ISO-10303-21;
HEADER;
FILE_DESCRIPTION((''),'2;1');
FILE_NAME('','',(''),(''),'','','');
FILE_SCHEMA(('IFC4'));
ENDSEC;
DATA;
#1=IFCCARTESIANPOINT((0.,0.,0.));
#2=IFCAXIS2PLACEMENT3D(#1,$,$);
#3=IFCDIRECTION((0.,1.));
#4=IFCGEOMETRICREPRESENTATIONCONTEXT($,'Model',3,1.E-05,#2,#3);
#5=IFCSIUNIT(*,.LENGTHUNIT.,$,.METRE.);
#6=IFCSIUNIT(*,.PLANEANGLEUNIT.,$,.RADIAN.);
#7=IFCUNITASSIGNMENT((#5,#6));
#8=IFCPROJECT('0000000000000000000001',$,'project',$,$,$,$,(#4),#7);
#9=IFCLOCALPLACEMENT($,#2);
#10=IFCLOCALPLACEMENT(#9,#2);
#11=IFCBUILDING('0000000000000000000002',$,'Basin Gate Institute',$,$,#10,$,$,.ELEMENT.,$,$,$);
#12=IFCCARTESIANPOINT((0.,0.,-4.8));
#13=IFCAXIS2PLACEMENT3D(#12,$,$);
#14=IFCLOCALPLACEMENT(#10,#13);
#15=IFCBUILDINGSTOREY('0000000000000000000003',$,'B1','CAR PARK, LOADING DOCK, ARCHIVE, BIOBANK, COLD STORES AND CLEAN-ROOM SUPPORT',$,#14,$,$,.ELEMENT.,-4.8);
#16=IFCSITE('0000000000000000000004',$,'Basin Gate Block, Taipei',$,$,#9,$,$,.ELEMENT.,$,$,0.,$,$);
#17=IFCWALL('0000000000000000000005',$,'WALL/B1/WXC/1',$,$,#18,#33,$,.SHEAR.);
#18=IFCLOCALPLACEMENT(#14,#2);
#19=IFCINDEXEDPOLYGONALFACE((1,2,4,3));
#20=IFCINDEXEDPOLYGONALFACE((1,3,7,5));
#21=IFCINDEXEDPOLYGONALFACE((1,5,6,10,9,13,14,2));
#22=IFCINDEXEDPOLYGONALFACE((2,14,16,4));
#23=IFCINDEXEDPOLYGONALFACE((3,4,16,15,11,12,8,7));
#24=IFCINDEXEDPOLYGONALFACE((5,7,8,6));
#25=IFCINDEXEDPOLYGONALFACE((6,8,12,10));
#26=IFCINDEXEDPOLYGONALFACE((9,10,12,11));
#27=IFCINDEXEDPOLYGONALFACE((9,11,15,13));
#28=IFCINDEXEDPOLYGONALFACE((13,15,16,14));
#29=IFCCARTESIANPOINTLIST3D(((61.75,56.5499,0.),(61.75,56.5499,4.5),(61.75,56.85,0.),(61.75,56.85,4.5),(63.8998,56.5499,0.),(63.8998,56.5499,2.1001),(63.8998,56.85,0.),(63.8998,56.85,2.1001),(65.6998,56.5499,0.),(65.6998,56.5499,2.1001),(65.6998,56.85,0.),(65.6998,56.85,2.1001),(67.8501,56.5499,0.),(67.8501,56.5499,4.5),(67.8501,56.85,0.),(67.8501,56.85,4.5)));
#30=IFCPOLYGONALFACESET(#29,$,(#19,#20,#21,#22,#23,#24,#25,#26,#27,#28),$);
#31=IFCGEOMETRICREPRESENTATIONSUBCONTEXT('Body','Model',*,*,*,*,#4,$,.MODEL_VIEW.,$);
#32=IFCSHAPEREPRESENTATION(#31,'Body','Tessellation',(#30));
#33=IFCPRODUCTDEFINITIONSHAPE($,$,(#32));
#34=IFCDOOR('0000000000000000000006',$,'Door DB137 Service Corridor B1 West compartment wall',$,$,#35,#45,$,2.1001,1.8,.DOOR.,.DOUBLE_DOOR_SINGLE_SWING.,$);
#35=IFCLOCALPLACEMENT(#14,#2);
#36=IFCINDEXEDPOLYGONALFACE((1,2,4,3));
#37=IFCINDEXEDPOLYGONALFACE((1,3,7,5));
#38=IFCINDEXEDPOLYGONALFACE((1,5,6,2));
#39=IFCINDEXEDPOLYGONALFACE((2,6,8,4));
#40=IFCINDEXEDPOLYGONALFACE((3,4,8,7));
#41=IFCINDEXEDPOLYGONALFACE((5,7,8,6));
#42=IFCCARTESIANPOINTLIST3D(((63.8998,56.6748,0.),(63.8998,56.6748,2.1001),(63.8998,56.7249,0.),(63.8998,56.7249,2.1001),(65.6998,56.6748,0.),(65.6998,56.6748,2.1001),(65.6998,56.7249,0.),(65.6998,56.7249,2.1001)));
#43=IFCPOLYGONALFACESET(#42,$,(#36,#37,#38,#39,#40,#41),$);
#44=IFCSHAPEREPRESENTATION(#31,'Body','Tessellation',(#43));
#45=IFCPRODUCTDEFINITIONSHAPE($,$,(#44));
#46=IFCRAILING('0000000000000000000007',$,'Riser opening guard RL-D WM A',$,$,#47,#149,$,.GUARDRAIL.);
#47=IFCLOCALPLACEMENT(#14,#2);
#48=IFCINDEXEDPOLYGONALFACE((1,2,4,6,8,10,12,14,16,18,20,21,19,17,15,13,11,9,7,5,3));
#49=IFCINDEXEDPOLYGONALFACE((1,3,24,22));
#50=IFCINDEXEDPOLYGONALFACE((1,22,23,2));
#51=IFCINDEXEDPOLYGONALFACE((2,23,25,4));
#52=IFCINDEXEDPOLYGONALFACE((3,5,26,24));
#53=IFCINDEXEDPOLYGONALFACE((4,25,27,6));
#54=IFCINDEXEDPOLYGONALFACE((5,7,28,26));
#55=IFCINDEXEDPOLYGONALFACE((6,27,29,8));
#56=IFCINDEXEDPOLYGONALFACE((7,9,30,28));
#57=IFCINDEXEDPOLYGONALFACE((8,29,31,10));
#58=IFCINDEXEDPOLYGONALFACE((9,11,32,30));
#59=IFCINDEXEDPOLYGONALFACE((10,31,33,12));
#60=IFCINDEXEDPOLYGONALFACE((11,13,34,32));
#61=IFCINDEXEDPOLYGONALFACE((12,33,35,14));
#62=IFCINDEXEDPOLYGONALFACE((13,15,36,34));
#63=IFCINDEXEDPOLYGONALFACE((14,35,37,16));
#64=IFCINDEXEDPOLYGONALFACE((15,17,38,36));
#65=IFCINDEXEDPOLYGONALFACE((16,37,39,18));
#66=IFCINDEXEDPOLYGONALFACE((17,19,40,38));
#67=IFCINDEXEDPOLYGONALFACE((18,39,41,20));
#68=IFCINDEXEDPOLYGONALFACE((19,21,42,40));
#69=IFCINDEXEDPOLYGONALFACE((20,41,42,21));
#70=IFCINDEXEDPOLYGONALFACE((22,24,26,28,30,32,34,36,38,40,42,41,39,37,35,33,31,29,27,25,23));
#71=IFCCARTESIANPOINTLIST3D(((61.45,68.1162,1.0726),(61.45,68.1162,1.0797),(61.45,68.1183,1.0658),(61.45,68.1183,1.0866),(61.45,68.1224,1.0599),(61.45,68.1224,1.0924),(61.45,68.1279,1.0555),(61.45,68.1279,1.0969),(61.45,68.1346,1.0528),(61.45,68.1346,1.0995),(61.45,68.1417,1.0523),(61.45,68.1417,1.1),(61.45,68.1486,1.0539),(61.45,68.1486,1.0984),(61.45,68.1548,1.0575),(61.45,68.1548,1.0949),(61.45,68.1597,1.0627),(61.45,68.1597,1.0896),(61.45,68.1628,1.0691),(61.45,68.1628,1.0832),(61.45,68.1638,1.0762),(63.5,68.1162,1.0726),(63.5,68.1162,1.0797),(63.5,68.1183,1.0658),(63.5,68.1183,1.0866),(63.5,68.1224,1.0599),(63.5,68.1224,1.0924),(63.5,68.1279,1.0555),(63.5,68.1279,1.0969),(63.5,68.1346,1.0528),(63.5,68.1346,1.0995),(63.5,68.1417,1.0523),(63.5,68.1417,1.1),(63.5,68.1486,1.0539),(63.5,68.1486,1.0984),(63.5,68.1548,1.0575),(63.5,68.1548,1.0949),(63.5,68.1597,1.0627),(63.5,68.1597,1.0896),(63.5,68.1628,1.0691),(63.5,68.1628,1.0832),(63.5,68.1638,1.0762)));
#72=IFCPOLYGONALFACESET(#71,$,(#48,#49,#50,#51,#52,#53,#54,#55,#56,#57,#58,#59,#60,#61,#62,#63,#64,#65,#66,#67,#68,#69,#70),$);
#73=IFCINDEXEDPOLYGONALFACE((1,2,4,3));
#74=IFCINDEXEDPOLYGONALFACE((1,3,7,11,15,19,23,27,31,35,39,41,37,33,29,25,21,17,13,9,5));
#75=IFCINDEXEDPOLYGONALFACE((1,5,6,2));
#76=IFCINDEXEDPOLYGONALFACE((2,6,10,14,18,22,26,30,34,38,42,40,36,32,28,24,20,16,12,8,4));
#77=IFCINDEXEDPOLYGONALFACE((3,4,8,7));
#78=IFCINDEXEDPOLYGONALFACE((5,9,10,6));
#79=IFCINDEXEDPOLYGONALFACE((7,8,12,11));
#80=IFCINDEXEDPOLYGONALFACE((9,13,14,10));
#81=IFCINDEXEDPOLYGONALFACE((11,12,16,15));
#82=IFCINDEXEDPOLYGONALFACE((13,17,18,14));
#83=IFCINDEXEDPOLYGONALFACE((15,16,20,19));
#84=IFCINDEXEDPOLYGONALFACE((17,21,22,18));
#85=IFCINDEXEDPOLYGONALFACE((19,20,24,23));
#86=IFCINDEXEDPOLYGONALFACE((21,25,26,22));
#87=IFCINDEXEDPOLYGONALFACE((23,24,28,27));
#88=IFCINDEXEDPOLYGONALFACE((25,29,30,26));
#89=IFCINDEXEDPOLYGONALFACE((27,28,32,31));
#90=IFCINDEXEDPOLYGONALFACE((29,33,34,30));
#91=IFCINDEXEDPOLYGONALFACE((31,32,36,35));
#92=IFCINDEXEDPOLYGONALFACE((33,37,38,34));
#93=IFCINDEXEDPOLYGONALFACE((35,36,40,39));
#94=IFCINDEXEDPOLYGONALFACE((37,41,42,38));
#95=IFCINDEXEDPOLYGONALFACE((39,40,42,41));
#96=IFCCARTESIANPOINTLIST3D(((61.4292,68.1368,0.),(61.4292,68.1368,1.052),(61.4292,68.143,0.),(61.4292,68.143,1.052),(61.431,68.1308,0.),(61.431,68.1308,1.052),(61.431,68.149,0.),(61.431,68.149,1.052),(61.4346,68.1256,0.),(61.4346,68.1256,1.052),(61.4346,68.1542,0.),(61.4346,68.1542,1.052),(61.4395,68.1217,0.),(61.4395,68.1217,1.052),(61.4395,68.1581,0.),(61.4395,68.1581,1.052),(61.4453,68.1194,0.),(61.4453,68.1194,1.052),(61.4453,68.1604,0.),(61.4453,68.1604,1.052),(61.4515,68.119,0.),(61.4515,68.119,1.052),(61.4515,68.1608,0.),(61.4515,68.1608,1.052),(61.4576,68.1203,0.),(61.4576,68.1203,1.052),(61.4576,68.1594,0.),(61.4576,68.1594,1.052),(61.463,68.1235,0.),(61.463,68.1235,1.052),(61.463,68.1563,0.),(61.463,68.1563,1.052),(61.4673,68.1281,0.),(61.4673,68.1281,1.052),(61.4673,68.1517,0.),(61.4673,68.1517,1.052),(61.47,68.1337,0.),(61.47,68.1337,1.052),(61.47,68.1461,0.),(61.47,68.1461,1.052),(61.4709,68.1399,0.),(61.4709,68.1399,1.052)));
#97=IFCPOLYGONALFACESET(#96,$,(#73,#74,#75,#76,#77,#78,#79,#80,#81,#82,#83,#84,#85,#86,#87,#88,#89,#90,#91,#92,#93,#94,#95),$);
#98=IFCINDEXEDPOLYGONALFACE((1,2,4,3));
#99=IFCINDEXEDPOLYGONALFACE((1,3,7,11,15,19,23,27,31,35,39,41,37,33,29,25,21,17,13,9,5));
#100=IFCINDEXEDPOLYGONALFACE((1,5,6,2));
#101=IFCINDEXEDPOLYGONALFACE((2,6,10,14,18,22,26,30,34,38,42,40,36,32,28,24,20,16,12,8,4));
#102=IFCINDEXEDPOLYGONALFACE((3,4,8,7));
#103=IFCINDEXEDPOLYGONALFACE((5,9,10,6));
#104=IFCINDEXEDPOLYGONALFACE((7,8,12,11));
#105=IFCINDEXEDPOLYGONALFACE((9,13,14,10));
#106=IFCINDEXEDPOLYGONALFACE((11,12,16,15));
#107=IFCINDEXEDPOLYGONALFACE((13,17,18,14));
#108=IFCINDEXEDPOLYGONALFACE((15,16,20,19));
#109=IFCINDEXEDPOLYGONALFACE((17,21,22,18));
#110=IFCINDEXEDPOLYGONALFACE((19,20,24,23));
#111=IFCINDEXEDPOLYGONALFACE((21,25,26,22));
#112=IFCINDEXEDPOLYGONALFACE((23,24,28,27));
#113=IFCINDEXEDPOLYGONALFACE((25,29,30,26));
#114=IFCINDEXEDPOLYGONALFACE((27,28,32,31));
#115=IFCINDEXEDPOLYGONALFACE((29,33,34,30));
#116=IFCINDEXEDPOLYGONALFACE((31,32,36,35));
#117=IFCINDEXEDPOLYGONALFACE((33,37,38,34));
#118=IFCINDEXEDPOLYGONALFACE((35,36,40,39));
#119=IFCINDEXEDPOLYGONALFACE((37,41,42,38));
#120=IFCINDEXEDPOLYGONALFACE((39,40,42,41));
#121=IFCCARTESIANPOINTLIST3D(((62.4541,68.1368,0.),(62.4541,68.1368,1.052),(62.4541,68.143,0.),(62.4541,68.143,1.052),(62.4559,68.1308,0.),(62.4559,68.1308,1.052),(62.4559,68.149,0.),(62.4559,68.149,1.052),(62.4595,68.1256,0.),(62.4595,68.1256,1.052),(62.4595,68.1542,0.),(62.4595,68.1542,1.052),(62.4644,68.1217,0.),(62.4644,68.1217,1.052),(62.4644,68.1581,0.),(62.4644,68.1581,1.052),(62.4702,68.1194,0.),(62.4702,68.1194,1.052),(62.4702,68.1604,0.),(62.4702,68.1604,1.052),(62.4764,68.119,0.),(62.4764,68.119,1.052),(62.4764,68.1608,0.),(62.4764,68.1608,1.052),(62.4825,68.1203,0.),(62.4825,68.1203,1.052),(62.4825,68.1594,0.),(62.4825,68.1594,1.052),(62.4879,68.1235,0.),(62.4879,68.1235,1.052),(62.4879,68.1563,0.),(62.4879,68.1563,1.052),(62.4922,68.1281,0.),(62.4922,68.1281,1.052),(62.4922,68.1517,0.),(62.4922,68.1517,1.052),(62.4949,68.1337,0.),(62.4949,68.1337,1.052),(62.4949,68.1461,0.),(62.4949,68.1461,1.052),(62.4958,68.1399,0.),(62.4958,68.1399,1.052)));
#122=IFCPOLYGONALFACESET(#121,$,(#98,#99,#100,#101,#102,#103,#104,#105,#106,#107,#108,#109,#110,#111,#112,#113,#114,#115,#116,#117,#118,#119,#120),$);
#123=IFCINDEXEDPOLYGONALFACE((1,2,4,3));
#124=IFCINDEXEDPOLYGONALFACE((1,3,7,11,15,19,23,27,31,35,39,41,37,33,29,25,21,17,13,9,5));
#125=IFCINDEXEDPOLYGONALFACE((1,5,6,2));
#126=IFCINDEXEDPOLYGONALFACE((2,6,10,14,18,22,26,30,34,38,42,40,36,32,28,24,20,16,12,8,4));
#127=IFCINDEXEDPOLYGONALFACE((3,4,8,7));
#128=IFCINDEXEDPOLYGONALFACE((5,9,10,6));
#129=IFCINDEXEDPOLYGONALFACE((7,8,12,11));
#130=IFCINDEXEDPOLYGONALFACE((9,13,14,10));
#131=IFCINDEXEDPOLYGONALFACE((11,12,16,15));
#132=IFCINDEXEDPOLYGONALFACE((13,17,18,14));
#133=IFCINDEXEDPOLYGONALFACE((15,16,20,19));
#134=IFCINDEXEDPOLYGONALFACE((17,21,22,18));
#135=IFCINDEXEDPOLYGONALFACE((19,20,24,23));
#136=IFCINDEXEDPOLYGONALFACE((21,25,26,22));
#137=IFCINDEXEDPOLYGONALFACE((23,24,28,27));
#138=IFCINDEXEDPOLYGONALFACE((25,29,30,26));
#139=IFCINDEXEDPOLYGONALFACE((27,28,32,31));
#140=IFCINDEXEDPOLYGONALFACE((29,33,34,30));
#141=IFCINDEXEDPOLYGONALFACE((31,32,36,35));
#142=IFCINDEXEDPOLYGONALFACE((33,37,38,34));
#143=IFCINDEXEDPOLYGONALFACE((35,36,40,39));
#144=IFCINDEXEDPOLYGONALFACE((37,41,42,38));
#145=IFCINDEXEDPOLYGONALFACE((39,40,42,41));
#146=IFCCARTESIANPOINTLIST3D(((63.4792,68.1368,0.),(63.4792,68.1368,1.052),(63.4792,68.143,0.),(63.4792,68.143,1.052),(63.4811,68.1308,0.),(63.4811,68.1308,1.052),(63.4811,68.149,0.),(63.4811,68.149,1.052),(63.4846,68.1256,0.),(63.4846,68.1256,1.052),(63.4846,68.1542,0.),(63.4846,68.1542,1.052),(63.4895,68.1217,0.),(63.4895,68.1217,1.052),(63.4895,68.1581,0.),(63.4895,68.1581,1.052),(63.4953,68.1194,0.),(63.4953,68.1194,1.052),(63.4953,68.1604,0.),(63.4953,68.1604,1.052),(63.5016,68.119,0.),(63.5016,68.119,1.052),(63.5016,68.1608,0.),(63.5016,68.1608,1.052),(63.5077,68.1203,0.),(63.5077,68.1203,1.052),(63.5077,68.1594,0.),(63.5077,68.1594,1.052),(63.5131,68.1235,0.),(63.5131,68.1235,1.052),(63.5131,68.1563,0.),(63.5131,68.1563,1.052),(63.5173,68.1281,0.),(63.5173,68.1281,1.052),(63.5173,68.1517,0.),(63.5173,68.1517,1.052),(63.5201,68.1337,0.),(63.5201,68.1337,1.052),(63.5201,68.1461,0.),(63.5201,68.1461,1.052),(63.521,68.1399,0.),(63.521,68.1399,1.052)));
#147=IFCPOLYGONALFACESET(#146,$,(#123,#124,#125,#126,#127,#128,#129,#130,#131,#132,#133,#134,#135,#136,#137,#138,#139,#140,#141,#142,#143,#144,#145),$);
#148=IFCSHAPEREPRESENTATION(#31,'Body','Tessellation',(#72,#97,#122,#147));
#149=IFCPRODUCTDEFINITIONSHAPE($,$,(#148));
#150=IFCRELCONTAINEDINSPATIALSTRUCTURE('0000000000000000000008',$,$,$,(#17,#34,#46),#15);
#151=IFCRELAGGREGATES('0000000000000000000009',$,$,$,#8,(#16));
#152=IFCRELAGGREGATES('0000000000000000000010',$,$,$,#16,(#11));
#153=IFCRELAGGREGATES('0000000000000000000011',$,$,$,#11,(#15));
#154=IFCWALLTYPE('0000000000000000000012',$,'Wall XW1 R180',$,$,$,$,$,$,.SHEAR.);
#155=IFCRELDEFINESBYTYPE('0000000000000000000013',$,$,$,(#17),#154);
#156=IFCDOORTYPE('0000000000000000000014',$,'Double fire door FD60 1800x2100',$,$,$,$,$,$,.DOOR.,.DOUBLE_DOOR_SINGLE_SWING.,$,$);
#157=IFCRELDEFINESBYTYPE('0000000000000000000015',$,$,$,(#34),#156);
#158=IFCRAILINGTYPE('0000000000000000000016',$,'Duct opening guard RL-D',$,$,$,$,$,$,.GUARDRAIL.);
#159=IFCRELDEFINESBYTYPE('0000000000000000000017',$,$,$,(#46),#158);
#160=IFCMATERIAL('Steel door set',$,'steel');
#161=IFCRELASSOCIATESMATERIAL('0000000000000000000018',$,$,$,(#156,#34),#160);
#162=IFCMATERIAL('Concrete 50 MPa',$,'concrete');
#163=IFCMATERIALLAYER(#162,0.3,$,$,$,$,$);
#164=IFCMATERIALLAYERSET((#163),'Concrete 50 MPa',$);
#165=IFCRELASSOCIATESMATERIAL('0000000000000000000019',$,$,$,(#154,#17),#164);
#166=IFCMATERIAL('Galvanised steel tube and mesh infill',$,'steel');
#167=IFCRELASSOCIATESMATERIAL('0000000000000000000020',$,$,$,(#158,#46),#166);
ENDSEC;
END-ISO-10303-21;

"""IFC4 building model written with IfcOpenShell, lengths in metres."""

from ifc_helpers import new_model, si_unit, direction, frame, frame_2d, origin, origin_2d, place, context, subcontext, project, spatial, rectangle, circle, extrude, material, layer, layer_set, type_object, element, fill, save


model = new_model("IFC4")

# Units and contexts
model_context = context("Model", 3, precision=1e-05, world=origin(), true_north=direction((0.0, 1.0)))
body_context = subcontext(model_context, "Body", "Model", "MODEL_VIEW")
ifc_project = project(units=[si_unit("LENGTHUNIT", "METRE"), si_unit("PLANEANGLEUNIT", "RADIAN")], contexts=[model_context])

# Site, building, storey
site_placement = place(None, origin())
site = spatial("IfcSite", under=ifc_project, at=site_placement, Name="Basin Gate Block, Taipei", CompositionType="ELEMENT", RefElevation=0.0)
building_placement = place(site_placement, origin())
building = spatial("IfcBuilding", under=site, at=building_placement, Name="Basin Gate Institute", CompositionType="ELEMENT")
storey_placement = place(building_placement, frame((0.0, 0.0, -4.8)))
storey = spatial("IfcBuildingStorey", under=building, at=storey_placement, Name="B1", Description="CAR PARK, LOADING DOCK, ARCHIVE, BIOBANK, COLD STORES AND CLEAN-ROOM SUPPORT", CompositionType="ELEMENT", Elevation=-4.8)

# Shared definitions
ifc_material_1 = material(Name="Steel door set", Category="steel")
door_type_1 = type_object("IfcDoorType", Name="Double fire door FD60 1800x2100", OperationType="DOUBLE_DOOR_SINGLE_SWING", PredefinedType="DOOR", material=ifc_material_1)

# Wall, opening, door
ifc_material_2 = material(Name="Concrete 50 MPa", Category="concrete")
ifc_layer_1 = layer(ifc_material_2, 0.3)
ifc_layer_set_1 = layer_set([ifc_layer_1], Name="Concrete 50 MPa")
wall_type_1 = type_object("IfcWallType", Name="Wall XW1 R180", PredefinedType="SHEAR", material=ifc_layer_set_1)
wall_1_placement = place(storey_placement, frame((61.75, 56.7, 0.0), z_axis=(0.0, 0.0, 1.0), x_axis=(1.0, 0.0, 0.0)))
wall_1 = element("IfcWall", 1, at=wall_1_placement, inside=storey, type_object=wall_type_1, material=ifc_layer_set_1, Name="WALL/B1/WXC/1", PredefinedType="SHEAR", context=body_context, shape_type="SweptSolid", body=[
    extrude(rectangle(XDim=6.1001, YDim=0.3, at=frame_2d((3.05, 0.0))), origin(), (0.0, 0.0, 1.0), 4.5),
])
opening_1_placement = place(wall_1_placement, frame((2.1499, 0.0, 0.0)))
opening_1 = element("IfcOpeningElement", 2, at=opening_1_placement, cuts=wall_1, PredefinedType="OPENING", context=body_context, shape_type="SweptSolid", body=[
    extrude(rectangle(XDim=1.8, YDim=2.1001, at=frame_2d((0.8999, 1.05))), frame((0.0, 0.1602, 0.0), z_axis=(0.0, -1.0, 0.0), x_axis=(1.0, 0.0, 0.0)), (0.0, 0.0, 1.0), 0.3201),
])
door_1_placement = place(opening_1_placement, origin())
door_1 = element("IfcDoor", 3, at=door_1_placement, inside=storey, type_object=door_type_1, material=ifc_material_1, Name="Door DB137 Service Corridor B1 West compartment wall", OperationType="DOUBLE_DOOR_SINGLE_SWING", OverallHeight=2.1001, OverallWidth=1.8, PredefinedType="DOOR", context=body_context, shape_type="SweptSolid", body=[
    extrude(rectangle(XDim=1.8, YDim=2.1001, at=frame_2d((0.8999, 1.05))), frame((0.0, 0.0249, 0.0), z_axis=(0.0, -1.0, 0.0), x_axis=(1.0, 0.0, 0.0)), (0.0, 0.0, 1.0), 0.05),
])
fill(opening_1, door_1)

# Railing
ifc_material_3 = material(Name="Galvanised steel tube and mesh infill", Category="steel")
railing_type = type_object("IfcRailingType", Name="Duct opening guard RL-D", PredefinedType="GUARDRAIL", material=ifc_material_3)
railing_placement = place(storey_placement, frame((61.45, 68.1399, 0.0)))
element("IfcRailing", 4, at=railing_placement, inside=storey, type_object=railing_type, material=ifc_material_3, Name="Riser opening guard RL-D WM A", PredefinedType="GUARDRAIL", context=body_context, shape_type="SweptSolid", body=[
    extrude(circle(Radius=0.0239, at=origin_2d()), frame((0.0, 0.0, 1.0762), z_axis=(1.0, 0.0, 0.0), x_axis=(0.0, 1.0, 0.0)), (0.0, 0.0, 1.0), 2.05),
    extrude(circle(Radius=0.021, at=origin_2d()), origin(), (0.0, 0.0, 1.0), 1.052),
    extrude(circle(Radius=0.021, at=origin_2d()), frame((1.0249, 0.0, 0.0)), (0.0, 0.0, 1.0), 1.052),
    extrude(circle(Radius=0.021, at=origin_2d()), frame((2.05, 0.0, 0.0)), (0.0, 0.0, 1.0), 1.052),
])

save(model, "model.ifc")
